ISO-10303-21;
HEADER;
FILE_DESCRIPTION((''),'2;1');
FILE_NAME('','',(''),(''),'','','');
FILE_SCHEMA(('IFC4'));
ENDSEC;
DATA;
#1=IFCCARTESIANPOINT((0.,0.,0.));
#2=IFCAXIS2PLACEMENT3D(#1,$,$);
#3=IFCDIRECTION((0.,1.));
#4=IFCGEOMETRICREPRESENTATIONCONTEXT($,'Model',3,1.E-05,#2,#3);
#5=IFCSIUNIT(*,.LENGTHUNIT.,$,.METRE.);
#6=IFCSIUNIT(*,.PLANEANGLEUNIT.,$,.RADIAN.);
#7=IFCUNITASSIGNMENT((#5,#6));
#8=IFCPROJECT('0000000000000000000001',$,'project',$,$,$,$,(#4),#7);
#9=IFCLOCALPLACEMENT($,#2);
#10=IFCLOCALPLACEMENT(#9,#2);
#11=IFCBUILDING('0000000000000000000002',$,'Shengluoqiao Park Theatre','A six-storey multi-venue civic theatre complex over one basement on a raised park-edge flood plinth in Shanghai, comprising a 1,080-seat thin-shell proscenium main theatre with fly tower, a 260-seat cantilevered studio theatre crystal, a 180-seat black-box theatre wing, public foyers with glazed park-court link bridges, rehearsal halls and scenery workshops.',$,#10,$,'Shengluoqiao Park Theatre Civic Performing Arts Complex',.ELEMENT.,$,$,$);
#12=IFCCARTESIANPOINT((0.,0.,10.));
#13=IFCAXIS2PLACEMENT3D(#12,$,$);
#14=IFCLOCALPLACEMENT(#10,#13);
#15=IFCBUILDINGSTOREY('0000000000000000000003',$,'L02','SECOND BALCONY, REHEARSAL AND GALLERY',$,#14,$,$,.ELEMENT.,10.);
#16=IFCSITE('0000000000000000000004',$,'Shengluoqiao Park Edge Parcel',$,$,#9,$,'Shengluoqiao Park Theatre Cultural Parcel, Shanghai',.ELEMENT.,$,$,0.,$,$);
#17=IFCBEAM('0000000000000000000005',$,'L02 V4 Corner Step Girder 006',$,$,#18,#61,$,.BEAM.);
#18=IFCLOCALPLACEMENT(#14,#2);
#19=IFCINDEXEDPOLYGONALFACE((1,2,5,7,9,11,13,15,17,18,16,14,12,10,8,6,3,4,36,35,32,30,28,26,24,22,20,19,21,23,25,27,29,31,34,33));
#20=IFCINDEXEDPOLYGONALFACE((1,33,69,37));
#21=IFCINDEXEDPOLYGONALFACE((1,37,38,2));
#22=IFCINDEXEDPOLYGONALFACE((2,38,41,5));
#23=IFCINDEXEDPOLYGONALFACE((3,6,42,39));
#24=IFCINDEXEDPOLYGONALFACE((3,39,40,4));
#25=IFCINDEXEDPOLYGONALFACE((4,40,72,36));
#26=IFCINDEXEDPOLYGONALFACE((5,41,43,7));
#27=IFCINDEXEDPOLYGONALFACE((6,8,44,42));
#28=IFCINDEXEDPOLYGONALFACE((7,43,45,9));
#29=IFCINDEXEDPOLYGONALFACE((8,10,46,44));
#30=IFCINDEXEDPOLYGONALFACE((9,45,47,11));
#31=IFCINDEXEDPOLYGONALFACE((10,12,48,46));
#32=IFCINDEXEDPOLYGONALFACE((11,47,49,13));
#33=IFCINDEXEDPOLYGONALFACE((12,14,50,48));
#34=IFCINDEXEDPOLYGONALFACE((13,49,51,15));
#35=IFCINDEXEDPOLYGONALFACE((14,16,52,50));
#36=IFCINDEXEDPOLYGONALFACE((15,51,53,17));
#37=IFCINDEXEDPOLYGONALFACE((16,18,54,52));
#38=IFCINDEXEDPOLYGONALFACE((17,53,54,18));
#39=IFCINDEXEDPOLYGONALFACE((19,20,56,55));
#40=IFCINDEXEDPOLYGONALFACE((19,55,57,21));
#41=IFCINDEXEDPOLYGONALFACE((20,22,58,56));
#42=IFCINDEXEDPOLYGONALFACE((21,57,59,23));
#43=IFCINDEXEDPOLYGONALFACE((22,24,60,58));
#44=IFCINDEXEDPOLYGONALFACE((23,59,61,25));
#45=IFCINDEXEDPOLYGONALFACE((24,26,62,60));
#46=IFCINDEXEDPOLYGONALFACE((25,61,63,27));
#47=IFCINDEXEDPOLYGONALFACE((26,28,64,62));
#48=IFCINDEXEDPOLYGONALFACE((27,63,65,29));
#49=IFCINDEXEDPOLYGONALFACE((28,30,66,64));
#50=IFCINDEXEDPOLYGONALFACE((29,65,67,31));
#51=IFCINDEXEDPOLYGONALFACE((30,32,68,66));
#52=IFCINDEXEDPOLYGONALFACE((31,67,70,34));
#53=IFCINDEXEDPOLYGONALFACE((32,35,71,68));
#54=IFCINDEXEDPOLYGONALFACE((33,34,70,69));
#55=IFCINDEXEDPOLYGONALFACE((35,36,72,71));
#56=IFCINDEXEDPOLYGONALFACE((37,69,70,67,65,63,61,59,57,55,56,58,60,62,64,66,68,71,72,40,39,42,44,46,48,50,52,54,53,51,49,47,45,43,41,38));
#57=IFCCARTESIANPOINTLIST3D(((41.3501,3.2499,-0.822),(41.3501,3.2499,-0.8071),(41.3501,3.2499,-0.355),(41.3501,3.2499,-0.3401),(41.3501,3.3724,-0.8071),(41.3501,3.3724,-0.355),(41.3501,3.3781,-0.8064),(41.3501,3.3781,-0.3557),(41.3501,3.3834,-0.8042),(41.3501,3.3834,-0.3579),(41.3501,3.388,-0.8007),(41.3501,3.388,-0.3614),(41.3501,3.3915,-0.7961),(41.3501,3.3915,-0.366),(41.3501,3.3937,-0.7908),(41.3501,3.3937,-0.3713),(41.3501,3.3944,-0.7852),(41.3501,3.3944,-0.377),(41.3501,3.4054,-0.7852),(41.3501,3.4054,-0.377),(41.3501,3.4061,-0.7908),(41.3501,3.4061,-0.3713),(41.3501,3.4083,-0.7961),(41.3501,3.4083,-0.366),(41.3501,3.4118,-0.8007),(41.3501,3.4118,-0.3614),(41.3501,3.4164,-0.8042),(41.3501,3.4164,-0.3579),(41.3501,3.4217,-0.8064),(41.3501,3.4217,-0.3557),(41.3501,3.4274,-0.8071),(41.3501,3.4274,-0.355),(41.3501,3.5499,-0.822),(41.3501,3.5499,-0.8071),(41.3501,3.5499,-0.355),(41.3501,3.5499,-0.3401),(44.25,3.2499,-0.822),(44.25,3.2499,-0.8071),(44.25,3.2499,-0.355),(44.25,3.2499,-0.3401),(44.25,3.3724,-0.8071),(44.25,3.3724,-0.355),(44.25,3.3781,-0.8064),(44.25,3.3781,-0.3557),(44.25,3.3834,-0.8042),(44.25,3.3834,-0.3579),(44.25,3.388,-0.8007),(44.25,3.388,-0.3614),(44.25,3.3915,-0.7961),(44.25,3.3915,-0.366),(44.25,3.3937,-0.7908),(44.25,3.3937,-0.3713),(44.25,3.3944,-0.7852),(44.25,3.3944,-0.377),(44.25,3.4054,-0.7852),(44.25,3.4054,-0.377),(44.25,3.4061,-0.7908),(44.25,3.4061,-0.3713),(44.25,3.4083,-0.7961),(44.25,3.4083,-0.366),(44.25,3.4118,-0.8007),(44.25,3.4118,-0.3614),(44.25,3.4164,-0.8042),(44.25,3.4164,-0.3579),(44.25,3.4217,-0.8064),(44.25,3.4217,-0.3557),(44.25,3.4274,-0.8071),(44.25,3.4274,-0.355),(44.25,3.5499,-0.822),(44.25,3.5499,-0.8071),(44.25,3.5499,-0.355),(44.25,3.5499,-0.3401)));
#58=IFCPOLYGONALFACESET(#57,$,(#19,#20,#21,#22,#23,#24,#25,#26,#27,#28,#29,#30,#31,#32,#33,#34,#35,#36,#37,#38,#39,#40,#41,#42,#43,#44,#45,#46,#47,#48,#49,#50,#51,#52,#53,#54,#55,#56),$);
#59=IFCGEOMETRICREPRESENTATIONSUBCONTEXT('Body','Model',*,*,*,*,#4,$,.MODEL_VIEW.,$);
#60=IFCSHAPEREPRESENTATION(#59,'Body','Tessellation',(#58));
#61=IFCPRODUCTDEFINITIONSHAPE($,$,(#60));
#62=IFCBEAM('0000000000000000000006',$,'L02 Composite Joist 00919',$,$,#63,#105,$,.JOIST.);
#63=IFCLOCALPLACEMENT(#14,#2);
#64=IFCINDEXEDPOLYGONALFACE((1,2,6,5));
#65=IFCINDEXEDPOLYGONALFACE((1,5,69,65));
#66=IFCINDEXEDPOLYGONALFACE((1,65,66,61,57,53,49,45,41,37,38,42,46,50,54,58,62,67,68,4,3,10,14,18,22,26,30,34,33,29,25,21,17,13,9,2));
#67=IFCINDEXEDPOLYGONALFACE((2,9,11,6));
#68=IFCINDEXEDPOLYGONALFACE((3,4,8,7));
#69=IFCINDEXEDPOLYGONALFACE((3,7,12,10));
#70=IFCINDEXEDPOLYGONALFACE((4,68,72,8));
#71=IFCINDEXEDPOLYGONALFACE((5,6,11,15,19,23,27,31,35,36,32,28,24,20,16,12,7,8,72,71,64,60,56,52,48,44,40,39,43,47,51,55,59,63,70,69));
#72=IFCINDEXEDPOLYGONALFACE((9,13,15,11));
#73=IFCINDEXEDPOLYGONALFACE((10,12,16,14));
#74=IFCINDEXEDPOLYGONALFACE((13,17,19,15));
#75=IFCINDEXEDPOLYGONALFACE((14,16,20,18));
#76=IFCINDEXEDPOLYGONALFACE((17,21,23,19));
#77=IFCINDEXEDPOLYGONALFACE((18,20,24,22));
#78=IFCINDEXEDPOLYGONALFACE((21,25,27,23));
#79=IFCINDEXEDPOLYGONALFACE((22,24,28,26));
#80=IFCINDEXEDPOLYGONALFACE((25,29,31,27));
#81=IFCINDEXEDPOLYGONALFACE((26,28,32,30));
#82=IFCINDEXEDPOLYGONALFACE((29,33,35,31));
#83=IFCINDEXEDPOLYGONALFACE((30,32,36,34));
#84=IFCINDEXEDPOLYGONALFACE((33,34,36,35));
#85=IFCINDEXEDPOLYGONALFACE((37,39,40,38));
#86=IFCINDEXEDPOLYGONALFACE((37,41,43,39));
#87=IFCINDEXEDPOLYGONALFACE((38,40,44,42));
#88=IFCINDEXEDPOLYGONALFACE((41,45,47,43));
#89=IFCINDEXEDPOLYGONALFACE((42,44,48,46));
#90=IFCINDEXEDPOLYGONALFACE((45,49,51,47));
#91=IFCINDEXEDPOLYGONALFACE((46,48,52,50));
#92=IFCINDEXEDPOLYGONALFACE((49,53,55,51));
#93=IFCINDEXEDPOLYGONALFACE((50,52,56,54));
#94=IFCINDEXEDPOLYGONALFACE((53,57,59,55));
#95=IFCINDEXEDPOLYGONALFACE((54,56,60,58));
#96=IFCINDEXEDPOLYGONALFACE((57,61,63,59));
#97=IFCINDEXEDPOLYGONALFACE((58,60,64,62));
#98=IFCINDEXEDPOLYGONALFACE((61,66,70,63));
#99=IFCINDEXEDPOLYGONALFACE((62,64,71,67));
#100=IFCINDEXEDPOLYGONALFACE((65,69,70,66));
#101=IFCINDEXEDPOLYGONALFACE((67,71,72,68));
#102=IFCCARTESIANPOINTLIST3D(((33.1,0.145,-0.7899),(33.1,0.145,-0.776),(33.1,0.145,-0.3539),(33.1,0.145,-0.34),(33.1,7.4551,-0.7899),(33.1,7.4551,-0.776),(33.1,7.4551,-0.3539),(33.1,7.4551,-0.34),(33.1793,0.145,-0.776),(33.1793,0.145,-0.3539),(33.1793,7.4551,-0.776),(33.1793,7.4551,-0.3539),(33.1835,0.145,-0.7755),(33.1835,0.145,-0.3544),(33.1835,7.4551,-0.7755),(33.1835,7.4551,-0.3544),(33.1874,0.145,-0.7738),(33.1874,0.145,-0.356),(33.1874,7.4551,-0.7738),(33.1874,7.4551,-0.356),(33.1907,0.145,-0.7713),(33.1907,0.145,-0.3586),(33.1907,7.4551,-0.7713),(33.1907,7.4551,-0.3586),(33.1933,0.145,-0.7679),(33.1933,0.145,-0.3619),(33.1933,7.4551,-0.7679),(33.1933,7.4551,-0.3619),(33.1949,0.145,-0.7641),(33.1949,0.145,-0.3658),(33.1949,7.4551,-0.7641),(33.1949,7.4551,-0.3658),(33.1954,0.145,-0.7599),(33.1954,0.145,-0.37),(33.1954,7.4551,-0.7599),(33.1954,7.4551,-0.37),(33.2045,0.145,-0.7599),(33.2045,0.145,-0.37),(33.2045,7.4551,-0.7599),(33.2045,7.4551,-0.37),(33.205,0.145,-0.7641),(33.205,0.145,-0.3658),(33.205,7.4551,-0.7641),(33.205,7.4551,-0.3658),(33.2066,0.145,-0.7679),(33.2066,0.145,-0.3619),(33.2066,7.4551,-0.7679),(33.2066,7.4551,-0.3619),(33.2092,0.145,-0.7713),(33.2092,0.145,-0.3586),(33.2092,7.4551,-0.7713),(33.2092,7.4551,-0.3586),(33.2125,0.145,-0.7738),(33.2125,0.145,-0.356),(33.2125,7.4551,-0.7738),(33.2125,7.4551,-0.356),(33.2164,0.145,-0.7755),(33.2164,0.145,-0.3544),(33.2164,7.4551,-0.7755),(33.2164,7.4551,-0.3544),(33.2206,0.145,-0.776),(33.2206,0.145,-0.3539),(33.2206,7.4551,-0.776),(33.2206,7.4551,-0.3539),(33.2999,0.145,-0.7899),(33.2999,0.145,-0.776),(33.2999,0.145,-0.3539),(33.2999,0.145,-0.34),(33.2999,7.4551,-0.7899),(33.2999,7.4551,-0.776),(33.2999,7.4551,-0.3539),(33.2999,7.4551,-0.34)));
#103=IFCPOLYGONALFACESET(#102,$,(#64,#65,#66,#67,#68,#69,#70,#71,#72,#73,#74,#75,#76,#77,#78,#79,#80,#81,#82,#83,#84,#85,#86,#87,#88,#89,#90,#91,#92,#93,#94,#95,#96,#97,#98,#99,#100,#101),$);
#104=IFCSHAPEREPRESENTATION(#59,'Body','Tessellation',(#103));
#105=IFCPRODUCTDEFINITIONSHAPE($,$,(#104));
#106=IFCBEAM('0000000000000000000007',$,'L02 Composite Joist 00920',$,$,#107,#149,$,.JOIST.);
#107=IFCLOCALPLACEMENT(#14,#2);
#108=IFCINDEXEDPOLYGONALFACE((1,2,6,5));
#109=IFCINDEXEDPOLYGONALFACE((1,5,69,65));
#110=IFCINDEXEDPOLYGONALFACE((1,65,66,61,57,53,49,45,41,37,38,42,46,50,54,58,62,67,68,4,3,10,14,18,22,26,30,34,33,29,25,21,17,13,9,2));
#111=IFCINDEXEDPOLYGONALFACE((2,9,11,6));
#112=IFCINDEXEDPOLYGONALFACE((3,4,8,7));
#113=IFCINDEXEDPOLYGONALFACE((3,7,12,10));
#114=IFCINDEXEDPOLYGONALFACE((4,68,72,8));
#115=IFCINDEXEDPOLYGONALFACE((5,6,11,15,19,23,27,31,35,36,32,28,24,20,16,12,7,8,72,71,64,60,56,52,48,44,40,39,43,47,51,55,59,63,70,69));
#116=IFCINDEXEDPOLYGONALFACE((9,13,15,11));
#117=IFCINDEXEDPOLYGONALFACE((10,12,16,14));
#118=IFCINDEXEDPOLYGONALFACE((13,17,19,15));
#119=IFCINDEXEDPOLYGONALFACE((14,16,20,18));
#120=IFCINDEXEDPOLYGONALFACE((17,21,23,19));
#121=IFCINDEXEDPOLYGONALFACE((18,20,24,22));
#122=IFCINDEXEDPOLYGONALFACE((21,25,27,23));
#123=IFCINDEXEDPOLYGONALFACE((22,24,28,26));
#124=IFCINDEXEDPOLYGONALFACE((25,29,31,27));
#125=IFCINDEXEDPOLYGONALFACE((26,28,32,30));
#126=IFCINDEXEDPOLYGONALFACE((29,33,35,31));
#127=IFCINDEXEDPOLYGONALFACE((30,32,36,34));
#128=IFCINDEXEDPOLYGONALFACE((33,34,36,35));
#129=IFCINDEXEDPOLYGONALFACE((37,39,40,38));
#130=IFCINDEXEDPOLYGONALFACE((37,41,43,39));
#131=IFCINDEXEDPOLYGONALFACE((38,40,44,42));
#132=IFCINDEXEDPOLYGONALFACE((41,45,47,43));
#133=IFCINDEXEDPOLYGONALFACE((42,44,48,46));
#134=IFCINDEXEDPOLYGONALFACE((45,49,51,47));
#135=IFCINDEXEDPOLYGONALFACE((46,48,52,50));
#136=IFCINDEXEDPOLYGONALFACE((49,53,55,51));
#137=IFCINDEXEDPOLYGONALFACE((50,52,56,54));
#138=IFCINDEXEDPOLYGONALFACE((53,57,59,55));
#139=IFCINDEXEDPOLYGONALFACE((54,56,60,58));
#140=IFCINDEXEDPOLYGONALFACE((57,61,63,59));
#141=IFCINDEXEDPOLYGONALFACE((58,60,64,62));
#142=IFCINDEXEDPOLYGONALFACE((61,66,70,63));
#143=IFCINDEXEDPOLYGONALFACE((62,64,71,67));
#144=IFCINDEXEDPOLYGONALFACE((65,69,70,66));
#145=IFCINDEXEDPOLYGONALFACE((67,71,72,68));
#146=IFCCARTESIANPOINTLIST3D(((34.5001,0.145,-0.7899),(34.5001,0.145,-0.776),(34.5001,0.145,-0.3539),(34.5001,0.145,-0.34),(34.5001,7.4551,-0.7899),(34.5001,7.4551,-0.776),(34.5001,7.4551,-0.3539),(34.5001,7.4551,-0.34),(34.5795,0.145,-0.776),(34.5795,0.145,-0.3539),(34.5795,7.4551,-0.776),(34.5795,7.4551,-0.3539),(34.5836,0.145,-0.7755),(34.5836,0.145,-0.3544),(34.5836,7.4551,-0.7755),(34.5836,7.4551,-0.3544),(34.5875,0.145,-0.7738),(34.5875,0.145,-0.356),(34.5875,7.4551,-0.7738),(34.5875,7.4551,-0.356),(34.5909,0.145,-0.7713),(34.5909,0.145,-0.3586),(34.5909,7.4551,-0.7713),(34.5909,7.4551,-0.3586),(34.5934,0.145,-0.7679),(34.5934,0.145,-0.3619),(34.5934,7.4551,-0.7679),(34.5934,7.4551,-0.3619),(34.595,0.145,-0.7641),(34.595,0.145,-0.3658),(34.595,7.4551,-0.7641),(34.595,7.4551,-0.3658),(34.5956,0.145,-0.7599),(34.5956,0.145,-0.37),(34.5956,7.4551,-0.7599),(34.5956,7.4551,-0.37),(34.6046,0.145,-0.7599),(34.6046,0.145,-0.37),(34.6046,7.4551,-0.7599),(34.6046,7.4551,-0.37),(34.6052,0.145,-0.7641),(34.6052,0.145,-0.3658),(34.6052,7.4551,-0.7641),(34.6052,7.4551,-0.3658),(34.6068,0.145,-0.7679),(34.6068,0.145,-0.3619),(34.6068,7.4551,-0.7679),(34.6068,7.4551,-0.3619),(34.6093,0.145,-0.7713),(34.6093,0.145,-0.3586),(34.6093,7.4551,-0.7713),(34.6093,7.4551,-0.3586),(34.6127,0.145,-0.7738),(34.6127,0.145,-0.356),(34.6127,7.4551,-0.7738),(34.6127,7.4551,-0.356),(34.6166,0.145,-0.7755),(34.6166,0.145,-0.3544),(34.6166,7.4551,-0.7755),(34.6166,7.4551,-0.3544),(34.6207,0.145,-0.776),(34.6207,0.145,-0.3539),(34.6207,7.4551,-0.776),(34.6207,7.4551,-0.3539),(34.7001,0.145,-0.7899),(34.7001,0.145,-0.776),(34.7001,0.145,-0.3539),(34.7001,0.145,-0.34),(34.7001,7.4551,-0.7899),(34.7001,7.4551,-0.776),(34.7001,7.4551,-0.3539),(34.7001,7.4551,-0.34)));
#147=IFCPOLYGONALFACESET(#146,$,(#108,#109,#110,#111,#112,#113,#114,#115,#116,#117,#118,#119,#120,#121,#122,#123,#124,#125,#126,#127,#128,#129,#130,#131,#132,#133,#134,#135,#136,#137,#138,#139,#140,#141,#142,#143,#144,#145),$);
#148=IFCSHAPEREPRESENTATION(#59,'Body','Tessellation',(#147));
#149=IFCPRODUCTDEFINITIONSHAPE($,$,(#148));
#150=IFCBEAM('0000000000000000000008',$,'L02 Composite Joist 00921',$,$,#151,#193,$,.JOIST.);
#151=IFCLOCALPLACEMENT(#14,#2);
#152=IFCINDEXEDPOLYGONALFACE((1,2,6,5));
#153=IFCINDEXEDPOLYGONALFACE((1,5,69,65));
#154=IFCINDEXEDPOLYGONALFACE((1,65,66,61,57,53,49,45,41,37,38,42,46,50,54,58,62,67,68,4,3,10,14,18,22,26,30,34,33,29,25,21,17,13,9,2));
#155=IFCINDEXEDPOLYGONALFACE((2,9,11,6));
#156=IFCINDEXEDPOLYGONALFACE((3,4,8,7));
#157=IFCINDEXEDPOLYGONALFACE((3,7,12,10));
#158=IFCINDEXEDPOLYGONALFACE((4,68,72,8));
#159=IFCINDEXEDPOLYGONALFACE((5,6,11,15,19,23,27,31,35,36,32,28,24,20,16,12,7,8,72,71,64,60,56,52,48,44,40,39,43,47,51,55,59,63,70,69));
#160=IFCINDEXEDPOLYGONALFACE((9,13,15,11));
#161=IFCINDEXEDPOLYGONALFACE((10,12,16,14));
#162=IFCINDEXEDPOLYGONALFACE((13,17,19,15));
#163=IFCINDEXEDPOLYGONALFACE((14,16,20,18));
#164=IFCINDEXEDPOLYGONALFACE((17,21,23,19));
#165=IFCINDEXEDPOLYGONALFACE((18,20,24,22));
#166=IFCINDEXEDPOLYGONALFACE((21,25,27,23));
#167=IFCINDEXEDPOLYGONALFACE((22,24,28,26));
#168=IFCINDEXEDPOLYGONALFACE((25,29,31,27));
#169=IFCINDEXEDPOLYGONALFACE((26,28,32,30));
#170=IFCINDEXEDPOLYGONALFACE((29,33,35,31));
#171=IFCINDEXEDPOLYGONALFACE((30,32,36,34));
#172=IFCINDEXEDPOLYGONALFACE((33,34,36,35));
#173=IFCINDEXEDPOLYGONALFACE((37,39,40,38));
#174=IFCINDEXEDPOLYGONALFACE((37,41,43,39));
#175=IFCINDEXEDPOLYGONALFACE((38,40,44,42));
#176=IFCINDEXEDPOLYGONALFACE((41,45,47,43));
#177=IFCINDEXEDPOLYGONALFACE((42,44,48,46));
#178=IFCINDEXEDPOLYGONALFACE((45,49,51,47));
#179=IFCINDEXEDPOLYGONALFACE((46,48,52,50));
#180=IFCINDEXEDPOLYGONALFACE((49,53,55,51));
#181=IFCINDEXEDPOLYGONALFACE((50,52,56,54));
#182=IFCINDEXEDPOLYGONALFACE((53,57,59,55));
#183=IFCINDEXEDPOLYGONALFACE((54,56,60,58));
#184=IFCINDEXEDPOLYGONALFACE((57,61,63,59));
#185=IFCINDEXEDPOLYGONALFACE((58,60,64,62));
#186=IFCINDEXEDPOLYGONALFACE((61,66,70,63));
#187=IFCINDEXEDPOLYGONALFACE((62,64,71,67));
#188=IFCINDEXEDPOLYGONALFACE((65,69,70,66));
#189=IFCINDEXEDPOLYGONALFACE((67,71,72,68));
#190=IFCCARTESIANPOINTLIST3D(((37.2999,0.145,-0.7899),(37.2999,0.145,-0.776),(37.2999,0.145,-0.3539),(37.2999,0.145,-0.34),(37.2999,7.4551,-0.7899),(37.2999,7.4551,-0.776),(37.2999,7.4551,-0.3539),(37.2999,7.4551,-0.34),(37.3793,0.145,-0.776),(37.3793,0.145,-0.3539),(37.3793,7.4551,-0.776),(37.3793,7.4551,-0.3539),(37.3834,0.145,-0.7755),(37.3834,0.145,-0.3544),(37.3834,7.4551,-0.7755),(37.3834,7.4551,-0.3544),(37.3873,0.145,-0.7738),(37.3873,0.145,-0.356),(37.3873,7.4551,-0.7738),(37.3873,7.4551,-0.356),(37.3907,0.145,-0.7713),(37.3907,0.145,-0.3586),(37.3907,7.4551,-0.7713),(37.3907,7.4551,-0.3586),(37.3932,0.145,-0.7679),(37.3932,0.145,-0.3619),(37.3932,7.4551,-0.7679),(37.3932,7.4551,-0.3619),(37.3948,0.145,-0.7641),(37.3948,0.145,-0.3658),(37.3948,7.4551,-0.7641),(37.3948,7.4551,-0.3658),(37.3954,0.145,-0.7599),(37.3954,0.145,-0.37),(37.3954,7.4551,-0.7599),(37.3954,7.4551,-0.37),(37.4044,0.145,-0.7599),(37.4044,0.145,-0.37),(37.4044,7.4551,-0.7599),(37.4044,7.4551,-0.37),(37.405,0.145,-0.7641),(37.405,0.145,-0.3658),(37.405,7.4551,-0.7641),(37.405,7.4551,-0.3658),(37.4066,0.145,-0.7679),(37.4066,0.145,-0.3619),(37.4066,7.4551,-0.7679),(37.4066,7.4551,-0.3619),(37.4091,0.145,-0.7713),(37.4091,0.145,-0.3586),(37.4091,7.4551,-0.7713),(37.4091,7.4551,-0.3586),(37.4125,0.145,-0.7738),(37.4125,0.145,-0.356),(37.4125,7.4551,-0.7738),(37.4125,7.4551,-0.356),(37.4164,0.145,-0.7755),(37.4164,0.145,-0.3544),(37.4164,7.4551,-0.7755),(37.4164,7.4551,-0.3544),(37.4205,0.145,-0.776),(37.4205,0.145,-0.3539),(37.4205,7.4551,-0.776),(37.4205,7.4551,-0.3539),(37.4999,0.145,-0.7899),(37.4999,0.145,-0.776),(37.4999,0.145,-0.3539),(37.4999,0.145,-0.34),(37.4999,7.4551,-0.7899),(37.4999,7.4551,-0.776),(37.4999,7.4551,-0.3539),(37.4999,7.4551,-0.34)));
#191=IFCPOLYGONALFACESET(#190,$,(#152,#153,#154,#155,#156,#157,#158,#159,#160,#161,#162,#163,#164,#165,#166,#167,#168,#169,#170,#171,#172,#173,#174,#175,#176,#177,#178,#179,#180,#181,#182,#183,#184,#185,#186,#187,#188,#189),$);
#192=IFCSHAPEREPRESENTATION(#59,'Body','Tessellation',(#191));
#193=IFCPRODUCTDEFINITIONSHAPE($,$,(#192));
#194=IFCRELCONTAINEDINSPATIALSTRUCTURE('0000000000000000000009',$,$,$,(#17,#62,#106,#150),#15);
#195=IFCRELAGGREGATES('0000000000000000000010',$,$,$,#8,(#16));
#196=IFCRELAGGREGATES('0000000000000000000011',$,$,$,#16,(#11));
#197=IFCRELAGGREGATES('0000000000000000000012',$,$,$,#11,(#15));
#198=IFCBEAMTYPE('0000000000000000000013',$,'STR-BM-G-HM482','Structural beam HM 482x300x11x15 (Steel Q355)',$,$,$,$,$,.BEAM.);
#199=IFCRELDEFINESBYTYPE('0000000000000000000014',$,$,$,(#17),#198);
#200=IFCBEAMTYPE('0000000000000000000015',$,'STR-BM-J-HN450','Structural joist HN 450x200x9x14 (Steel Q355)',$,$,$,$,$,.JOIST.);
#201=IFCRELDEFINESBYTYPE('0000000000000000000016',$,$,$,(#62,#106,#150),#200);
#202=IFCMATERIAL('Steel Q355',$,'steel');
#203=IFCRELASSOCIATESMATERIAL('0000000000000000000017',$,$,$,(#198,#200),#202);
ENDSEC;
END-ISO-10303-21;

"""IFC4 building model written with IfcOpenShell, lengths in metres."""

from ifc_helpers import new_model, si_unit, direction, frame, origin, origin_2d, place, context, subcontext, project, spatial, i_section, extrude, material, material_profile, profile_set, type_object, element, save


model = new_model("IFC4")

# Units and contexts
model_context = context("Model", 3, precision=1e-05, world=origin(), true_north=direction((0.0, 1.0)))
body_context = subcontext(model_context, "Body", "Model", "MODEL_VIEW")
ifc_project = project(units=[si_unit("LENGTHUNIT", "METRE"), si_unit("PLANEANGLEUNIT", "RADIAN")], contexts=[model_context])

# Site, building, storey
site_placement = place(None, origin())
site = spatial("IfcSite", under=ifc_project, at=site_placement, Name="Shengluoqiao Park Edge Parcel", LongName="Shengluoqiao Park Theatre Cultural Parcel, Shanghai", CompositionType="ELEMENT", RefElevation=0.0)
building_placement = place(site_placement, origin())
building = spatial("IfcBuilding", under=site, at=building_placement, Name="Shengluoqiao Park Theatre", Description="A six-storey multi-venue civic theatre complex over one basement on a raised park-edge flood plinth in Shanghai, comprising a 1,080-seat thin-shell proscenium main theatre with fly tower, a 260-seat cantilevered studio theatre crystal, a 180-seat black-box theatre wing, public foyers with glazed park-court link bridges, rehearsal halls and scenery workshops.", LongName="Shengluoqiao Park Theatre Civic Performing Arts Complex", CompositionType="ELEMENT")
storey_placement = place(building_placement, frame((0.0, 0.0, 10.0)))
storey = spatial("IfcBuildingStorey", under=building, at=storey_placement, Name="L02", Description="SECOND BALCONY, REHEARSAL AND GALLERY", CompositionType="ELEMENT", Elevation=10.0)

# Shared definitions
ifc_material_1 = material(Name="Steel Q355", Category="steel")

# Beams
ifc_material_profile_1 = material_profile(ifc_material_1, i_section(OverallWidth=0.3, OverallDepth=0.4819, WebThickness=0.011, FlangeThickness=0.0149, FilletRadius=0.022, at=origin_2d()), Name="HM 482x300x11x15")
ifc_profile_set_1 = profile_set([ifc_material_profile_1], Name="Steel Q355")
beam_type_1 = type_object("IfcBeamType", Name="STR-BM-G-HM482", Description="Structural beam HM 482x300x11x15 (Steel Q355)", PredefinedType="BEAM", material=ifc_profile_set_1)
beam_1_placement = place(storey_placement, frame((41.3501, 3.3999, -0.5811), z_axis=(1.0, 0.0, 0.0), x_axis=(0.0, 1.0, 0.0)))
element("IfcBeam", 1, at=beam_1_placement, inside=storey, type_object=beam_type_1, Name="L02 V4 Corner Step Girder 006", PredefinedType="BEAM", context=body_context, shape_type="SweptSolid", body=[
    extrude(i_section(OverallWidth=0.3, OverallDepth=0.4819, WebThickness=0.011, FlangeThickness=0.0149, FilletRadius=0.022, at=origin_2d()), origin(), (0.0, 0.0, 1.0), 2.8999),
])
ifc_material_profile_2 = material_profile(ifc_material_1, i_section(OverallWidth=0.2, OverallDepth=0.45, WebThickness=0.009, FlangeThickness=0.0139, FilletRadius=0.0161, at=origin_2d()), Name="HN 450x200x9x14")
ifc_profile_set_2 = profile_set([ifc_material_profile_2], Name="Steel Q355")
beam_type_2 = type_object("IfcBeamType", Name="STR-BM-J-HN450", Description="Structural joist HN 450x200x9x14 (Steel Q355)", PredefinedType="JOIST", material=ifc_profile_set_2)
for number, where, z_axis, x_axis, name in (
    (2, (33.2, 0.145, -0.5649), (0.0, 1.0, 0.0), (-1.0, 0.0, 0.0), "L02 Composite Joist 00919"),
    (3, (34.6001, 0.145, -0.5649), (0.0, 1.0, 0.0), (-1.0, 0.0, 0.0), "L02 Composite Joist 00920"),
    (4, (37.3999, 0.145, -0.5649), (0.0, 1.0, 0.0), (-1.0, 0.0, 0.0), "L02 Composite Joist 00921"),
):
    element("IfcBeam", number, at=place(storey_placement, frame(where, z_axis=z_axis, x_axis=x_axis)), inside=storey, type_object=beam_type_2, Name=name, PredefinedType="JOIST", context=body_context, shape_type="SweptSolid", body=[
        extrude(i_section(OverallWidth=0.2, OverallDepth=0.45, WebThickness=0.009, FlangeThickness=0.0139, FilletRadius=0.0161, at=origin_2d()), origin(), (0.0, 0.0, 1.0), 7.3101),
    ])

save(model, "model.ifc")
